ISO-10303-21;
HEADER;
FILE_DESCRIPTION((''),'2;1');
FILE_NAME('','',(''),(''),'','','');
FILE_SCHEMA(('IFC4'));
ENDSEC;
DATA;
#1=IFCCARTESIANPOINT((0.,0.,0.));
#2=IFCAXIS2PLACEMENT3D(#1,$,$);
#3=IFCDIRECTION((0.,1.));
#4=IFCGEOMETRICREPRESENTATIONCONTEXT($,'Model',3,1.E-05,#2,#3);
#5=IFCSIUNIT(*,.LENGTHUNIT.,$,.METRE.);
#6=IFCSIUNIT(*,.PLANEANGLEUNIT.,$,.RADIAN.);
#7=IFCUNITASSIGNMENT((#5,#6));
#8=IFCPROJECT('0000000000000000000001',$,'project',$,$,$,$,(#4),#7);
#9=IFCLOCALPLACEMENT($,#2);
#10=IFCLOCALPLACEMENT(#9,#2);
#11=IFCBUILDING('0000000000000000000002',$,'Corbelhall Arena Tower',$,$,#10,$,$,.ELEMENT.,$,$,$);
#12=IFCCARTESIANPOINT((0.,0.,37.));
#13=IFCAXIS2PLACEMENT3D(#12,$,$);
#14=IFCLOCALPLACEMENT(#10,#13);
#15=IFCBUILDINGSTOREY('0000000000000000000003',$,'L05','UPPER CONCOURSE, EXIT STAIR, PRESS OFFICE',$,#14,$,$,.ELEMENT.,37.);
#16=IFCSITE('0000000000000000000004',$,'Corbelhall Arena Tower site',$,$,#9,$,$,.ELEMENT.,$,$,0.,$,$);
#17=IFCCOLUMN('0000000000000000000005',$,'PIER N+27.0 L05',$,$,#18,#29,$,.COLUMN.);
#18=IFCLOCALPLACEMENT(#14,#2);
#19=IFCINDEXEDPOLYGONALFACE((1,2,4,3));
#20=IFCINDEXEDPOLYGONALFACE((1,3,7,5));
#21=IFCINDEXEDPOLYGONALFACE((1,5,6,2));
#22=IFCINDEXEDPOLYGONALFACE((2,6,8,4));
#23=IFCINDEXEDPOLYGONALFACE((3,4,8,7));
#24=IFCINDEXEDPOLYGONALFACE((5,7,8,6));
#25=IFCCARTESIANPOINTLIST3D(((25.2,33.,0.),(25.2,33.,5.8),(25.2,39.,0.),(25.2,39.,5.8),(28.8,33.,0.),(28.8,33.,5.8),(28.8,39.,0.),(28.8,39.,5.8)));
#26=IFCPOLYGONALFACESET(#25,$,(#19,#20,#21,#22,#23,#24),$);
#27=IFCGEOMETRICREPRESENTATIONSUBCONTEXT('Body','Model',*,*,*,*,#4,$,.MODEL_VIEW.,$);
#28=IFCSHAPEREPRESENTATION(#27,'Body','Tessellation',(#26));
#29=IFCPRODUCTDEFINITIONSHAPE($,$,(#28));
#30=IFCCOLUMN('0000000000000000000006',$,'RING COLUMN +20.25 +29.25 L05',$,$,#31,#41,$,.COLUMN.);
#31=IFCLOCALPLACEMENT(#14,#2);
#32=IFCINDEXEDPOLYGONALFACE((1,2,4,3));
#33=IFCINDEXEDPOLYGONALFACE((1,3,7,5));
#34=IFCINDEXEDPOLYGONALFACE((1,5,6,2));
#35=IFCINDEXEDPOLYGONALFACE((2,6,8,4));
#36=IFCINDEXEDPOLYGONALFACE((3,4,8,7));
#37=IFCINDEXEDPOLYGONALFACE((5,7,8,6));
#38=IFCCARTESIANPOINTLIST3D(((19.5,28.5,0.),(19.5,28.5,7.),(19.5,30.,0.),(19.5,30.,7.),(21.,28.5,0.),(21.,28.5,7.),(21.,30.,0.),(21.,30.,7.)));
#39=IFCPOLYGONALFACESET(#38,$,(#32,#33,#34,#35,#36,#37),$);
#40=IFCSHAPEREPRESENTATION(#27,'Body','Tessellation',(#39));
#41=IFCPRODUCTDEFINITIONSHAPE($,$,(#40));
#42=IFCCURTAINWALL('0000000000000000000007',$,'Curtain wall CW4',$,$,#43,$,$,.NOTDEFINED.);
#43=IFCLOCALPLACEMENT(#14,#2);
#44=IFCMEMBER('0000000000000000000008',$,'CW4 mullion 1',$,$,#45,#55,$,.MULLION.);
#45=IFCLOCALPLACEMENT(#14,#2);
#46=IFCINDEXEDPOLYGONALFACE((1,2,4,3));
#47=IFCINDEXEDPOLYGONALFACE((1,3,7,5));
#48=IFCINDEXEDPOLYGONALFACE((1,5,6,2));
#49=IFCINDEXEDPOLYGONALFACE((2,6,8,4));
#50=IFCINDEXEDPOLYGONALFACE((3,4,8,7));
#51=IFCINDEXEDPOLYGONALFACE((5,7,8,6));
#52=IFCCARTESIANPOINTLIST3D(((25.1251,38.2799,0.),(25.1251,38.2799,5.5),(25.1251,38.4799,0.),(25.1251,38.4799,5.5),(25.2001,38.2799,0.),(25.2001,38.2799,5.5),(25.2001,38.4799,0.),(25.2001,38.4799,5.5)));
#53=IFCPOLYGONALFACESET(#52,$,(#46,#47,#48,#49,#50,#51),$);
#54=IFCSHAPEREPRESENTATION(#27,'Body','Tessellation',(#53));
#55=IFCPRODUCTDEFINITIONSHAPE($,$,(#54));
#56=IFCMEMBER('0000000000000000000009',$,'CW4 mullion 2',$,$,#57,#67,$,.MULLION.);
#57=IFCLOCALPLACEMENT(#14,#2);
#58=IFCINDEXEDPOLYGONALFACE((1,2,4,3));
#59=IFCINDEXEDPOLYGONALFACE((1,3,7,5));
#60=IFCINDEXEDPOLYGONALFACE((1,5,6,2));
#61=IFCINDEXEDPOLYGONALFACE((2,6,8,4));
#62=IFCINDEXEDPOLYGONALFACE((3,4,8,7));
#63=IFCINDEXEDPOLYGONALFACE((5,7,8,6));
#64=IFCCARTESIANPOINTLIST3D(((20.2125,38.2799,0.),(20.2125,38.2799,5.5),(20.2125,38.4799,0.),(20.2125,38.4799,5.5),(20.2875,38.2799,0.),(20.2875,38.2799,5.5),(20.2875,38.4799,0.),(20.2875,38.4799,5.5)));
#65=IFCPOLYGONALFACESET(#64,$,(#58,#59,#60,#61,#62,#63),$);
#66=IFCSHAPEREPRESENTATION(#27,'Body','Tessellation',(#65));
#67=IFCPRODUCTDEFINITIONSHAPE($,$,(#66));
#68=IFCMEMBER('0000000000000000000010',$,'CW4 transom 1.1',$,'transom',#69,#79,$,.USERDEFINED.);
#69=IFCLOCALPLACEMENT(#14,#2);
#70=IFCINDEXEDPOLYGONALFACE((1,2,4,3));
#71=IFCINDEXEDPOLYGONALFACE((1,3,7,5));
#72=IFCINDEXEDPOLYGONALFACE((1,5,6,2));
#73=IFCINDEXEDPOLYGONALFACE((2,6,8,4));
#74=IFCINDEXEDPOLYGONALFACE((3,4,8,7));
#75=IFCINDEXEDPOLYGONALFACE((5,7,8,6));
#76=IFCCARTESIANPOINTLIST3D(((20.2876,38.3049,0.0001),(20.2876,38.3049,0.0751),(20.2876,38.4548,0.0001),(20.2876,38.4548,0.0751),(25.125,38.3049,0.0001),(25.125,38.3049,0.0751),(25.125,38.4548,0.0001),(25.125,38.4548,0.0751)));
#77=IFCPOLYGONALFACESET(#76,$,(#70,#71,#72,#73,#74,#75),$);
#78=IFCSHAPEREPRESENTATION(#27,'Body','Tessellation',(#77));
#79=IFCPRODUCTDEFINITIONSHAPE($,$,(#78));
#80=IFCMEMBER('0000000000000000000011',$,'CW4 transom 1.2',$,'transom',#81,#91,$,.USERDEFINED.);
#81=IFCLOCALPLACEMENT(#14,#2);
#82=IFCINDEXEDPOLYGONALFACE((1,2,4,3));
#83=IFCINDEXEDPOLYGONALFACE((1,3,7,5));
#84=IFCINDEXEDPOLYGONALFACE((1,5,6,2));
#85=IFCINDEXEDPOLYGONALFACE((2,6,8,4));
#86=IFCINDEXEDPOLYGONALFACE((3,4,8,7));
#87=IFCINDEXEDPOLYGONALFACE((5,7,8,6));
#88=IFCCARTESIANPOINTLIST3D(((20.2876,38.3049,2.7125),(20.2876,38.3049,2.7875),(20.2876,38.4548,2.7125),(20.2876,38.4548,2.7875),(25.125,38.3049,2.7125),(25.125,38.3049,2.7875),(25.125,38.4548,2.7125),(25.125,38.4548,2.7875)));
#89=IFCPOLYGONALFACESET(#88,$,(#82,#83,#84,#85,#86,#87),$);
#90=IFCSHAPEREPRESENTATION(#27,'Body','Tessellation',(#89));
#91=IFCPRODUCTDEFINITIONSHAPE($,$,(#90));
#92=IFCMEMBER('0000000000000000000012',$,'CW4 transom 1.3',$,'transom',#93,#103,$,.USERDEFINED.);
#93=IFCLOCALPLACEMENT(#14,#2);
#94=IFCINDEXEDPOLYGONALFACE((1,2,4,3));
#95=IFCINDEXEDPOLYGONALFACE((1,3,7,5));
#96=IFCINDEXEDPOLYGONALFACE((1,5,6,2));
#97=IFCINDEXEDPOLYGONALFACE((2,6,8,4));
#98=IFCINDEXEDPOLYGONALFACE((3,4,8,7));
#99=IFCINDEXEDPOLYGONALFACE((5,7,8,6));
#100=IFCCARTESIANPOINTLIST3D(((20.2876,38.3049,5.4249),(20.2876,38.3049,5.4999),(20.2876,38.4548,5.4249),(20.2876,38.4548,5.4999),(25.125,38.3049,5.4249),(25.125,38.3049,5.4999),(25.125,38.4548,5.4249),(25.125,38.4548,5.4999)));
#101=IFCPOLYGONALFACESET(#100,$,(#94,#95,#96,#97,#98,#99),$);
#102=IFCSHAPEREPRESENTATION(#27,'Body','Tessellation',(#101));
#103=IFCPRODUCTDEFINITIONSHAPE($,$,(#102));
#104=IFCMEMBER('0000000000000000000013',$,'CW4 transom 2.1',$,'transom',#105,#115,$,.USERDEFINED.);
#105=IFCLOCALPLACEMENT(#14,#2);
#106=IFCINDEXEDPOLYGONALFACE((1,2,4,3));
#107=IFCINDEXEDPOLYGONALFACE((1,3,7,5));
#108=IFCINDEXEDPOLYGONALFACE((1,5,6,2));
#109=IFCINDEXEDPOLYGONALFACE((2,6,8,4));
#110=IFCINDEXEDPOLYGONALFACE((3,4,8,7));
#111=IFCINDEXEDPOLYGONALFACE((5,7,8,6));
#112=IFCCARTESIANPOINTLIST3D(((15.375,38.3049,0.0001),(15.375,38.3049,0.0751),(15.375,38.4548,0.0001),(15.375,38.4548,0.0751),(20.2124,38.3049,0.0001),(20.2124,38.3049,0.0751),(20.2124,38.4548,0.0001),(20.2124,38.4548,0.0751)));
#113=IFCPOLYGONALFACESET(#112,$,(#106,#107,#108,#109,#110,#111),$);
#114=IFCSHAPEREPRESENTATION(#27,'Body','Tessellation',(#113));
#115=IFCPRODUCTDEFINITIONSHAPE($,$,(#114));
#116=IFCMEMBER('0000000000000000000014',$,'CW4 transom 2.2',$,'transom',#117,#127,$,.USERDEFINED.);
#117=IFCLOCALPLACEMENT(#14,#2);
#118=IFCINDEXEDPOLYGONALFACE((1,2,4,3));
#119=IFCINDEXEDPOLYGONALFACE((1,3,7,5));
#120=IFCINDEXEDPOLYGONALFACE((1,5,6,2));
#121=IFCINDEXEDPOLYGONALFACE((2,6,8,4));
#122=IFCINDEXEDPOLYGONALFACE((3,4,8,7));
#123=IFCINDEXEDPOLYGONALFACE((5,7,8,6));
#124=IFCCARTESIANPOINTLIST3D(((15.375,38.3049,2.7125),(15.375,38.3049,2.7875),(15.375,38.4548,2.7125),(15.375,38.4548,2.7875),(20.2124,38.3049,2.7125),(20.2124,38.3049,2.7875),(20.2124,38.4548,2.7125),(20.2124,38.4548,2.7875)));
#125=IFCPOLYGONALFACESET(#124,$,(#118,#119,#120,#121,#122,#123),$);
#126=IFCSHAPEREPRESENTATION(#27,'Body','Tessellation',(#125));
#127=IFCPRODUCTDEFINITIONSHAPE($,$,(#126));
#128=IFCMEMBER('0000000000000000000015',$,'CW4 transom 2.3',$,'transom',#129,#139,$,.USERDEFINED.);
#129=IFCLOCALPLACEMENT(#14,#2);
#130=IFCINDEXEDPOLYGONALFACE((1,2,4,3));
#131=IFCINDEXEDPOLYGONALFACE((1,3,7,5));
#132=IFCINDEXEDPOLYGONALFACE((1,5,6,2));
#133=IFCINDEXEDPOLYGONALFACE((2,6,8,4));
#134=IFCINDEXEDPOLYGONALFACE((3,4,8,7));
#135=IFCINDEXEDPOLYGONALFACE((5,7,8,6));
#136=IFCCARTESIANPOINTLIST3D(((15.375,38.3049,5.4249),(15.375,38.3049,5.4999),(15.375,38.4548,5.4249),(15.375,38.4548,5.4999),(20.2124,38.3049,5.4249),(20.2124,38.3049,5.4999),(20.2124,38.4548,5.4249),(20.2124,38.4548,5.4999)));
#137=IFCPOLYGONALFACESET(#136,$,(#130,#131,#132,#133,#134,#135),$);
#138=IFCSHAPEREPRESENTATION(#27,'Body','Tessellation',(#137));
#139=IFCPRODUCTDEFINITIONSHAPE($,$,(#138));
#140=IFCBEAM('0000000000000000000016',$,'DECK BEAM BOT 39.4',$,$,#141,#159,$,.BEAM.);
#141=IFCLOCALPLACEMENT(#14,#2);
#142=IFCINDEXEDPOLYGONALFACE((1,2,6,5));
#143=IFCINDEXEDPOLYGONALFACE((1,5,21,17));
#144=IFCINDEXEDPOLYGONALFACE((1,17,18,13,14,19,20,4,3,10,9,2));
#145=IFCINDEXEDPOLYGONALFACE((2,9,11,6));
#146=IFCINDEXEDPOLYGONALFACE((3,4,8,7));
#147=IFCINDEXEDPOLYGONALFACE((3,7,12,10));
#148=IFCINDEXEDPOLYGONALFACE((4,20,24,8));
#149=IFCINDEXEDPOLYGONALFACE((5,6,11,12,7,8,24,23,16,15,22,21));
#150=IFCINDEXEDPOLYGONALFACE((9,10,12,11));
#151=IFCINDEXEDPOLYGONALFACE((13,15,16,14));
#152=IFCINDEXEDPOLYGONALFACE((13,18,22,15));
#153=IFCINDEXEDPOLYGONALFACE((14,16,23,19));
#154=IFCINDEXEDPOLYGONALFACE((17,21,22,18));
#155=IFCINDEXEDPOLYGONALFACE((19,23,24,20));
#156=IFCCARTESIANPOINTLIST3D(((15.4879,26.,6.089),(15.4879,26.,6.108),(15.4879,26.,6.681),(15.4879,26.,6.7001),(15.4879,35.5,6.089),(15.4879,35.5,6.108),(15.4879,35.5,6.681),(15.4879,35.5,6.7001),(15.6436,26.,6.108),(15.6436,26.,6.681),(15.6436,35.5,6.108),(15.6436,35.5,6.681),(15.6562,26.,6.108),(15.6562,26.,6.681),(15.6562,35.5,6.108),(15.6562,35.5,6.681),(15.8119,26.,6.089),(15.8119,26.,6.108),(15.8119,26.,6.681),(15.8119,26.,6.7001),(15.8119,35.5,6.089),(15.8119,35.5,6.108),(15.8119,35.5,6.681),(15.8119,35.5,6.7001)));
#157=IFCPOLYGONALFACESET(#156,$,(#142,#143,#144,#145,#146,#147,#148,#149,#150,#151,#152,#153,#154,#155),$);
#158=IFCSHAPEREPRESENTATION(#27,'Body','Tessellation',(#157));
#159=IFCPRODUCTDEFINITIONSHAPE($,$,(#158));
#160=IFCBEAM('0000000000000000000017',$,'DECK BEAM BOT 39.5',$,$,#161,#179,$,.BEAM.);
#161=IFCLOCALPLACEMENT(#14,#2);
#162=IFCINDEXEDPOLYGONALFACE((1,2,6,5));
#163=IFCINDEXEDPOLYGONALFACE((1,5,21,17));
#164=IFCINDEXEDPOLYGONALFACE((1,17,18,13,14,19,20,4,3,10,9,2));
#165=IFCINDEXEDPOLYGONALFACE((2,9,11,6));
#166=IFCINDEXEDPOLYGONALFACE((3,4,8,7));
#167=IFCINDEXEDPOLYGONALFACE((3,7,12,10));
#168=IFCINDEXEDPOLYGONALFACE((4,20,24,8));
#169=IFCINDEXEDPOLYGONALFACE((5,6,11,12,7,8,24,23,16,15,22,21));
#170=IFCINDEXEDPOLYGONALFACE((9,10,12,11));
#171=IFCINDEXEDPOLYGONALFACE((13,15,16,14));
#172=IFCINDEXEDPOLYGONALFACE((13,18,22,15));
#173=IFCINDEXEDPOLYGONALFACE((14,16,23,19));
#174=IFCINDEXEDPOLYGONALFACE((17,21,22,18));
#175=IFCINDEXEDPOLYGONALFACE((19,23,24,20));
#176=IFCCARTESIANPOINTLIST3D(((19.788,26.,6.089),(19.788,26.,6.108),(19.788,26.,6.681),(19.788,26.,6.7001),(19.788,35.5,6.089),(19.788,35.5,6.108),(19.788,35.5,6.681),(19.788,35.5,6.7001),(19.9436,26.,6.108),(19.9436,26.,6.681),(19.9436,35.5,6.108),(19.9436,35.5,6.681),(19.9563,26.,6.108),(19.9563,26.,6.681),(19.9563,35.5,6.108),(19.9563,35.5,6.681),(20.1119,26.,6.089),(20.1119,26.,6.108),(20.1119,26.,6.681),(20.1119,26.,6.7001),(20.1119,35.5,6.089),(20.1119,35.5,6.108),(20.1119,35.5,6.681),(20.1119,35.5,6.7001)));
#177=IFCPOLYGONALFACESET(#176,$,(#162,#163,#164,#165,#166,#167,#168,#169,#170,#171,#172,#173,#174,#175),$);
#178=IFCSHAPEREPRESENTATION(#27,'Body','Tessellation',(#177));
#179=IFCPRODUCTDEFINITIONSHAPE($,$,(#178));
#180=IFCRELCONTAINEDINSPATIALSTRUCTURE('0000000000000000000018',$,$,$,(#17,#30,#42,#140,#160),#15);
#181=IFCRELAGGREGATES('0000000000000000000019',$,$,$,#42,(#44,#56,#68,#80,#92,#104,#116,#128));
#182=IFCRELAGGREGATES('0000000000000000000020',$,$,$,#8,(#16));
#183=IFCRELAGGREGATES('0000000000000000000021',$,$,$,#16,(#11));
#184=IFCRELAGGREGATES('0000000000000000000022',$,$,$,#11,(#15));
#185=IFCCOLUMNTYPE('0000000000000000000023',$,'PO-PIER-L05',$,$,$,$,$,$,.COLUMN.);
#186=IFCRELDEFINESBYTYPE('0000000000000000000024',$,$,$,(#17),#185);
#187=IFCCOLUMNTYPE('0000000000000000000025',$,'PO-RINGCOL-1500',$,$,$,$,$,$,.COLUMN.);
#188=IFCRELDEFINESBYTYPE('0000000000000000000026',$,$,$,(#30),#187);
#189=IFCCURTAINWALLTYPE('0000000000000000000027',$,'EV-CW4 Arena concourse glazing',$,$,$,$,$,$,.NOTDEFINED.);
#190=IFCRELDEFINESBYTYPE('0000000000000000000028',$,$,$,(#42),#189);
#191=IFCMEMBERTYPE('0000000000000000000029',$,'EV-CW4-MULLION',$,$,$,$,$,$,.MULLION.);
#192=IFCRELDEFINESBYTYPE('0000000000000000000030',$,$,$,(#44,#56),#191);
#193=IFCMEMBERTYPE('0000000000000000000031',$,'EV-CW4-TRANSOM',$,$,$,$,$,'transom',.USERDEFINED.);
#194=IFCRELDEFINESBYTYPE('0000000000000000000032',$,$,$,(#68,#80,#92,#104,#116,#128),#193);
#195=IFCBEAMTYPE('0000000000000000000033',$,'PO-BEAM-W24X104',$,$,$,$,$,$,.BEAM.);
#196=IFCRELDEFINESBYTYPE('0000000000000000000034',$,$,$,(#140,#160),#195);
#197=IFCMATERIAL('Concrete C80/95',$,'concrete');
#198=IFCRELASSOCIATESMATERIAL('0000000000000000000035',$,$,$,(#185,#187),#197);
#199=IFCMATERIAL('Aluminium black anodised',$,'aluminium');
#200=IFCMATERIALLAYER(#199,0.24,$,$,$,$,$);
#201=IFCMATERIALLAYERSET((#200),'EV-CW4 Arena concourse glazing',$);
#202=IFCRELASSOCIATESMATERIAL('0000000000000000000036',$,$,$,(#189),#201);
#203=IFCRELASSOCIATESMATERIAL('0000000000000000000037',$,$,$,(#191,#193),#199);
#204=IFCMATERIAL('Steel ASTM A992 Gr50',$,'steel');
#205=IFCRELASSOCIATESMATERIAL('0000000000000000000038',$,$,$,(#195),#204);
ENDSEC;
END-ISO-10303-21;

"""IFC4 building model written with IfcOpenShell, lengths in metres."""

from ifc_helpers import new_model, si_unit, direction, frame, origin, origin_2d, place, context, subcontext, project, spatial, rectangle, i_section, extrude, material, layer, layer_set, material_profile, profile_set, type_object, element, aggregate, save


model = new_model("IFC4")

# Units and contexts
model_context = context("Model", 3, precision=1e-05, world=origin(), true_north=direction((0.0, 1.0)))
body_context = subcontext(model_context, "Body", "Model", "MODEL_VIEW")
ifc_project = project(units=[si_unit("LENGTHUNIT", "METRE"), si_unit("PLANEANGLEUNIT", "RADIAN")], contexts=[model_context])

# Site, building, storey
site_placement = place(None, origin())
site = spatial("IfcSite", under=ifc_project, at=site_placement, Name="Corbelhall Arena Tower site", CompositionType="ELEMENT", RefElevation=0.0)
building_placement = place(site_placement, origin())
building = spatial("IfcBuilding", under=site, at=building_placement, Name="Corbelhall Arena Tower", CompositionType="ELEMENT")
storey_placement = place(building_placement, frame((0.0, 0.0, 37.0)))
storey = spatial("IfcBuildingStorey", under=building, at=storey_placement, Name="L05", Description="UPPER CONCOURSE, EXIT STAIR, PRESS OFFICE", CompositionType="ELEMENT", Elevation=37.0)

# Columns
ifc_material_1 = material(Name="Concrete C80/95", Category="concrete")
ifc_material_profile_1 = material_profile(ifc_material_1, rectangle(XDim=3.6001, YDim=6.0, at=origin_2d()))
ifc_profile_set_1 = profile_set([ifc_material_profile_1], Name="Concrete C80/95")
column_type_1 = type_object("IfcColumnType", Name="PO-PIER-L05", PredefinedType="COLUMN", material=ifc_profile_set_1)
column_1_placement = place(storey_placement, frame((27.0, 36.0, 0.0), z_axis=(0.0, 0.0, 1.0), x_axis=(1.0, 0.0, 0.0)))
element("IfcColumn", 1, at=column_1_placement, inside=storey, type_object=column_type_1, Name="PIER N+27.0 L05", PredefinedType="COLUMN", context=body_context, shape_type="SweptSolid", body=[
    extrude(rectangle(XDim=3.6001, YDim=6.0, at=origin_2d()), origin(), (0.0, 0.0, 1.0), 5.8),
])
ifc_material_profile_2 = material_profile(ifc_material_1, rectangle(XDim=1.5, YDim=1.5, at=origin_2d()))
ifc_profile_set_2 = profile_set([ifc_material_profile_2], Name="Concrete C80/95")
column_type_2 = type_object("IfcColumnType", Name="PO-RINGCOL-1500", PredefinedType="COLUMN", material=ifc_profile_set_2)
column_2_placement = place(storey_placement, frame((20.25, 29.25, 0.0), z_axis=(0.0, 0.0, 1.0), x_axis=(1.0, 0.0, 0.0)))
element("IfcColumn", 2, at=column_2_placement, inside=storey, type_object=column_type_2, Name="RING COLUMN +20.25 +29.25 L05", PredefinedType="COLUMN", context=body_context, shape_type="SweptSolid", body=[
    extrude(rectangle(XDim=1.5, YDim=1.5, at=origin_2d()), origin(), (0.0, 0.0, 1.0), 7.0),
])

# Curtain wall, members
ifc_material_2 = material(Name="Aluminium black anodised", Category="aluminium")
ifc_layer_1 = layer(ifc_material_2, 0.24)
ifc_layer_set_1 = layer_set([ifc_layer_1], Name="EV-CW4 Arena concourse glazing")
curtain_wall_type = type_object("IfcCurtainWallType", Name="EV-CW4 Arena concourse glazing", PredefinedType="NOTDEFINED", material=ifc_layer_set_1)
curtain_wall_placement = place(storey_placement, origin())
curtain_wall = element("IfcCurtainWall", 3, at=curtain_wall_placement, inside=storey, type_object=curtain_wall_type, Name="Curtain wall CW4", PredefinedType="NOTDEFINED")
ifc_material_profile_3 = material_profile(ifc_material_2, rectangle(XDim=0.2, YDim=0.075, at=origin_2d()))
ifc_profile_set_3 = profile_set([ifc_material_profile_3], Name="Aluminium black anodised")
member_type_1 = type_object("IfcMemberType", Name="EV-CW4-MULLION", PredefinedType="MULLION", material=ifc_profile_set_3)
member_1_placement = place(storey_placement, frame((25.1626, 38.3799, 0.0), z_axis=(0.0, 0.0, 1.0), x_axis=(0.0, -1.0, 0.0)))
member_1 = element("IfcMember", 4, at=member_1_placement, type_object=member_type_1, Name="CW4 mullion 1", PredefinedType="MULLION", context=body_context, shape_type="SweptSolid", body=[
    extrude(rectangle(XDim=0.2, YDim=0.075, at=origin_2d()), origin(), (0.0, 0.0, 1.0), 5.5),
])
member_2_placement = place(storey_placement, frame((20.25, 38.3799, 0.0), z_axis=(0.0, 0.0, 1.0), x_axis=(0.0, -1.0, 0.0)))
member_2 = element("IfcMember", 5, at=member_2_placement, type_object=member_type_1, Name="CW4 mullion 2", PredefinedType="MULLION", context=body_context, shape_type="SweptSolid", body=[
    extrude(rectangle(XDim=0.2, YDim=0.075, at=origin_2d()), origin(), (0.0, 0.0, 1.0), 5.5),
])
ifc_material_profile_4 = material_profile(ifc_material_2, rectangle(XDim=0.1499, YDim=0.075, at=origin_2d()))
ifc_profile_set_4 = profile_set([ifc_material_profile_4], Name="Aluminium black anodised")
member_type_2 = type_object("IfcMemberType", Name="EV-CW4-TRANSOM", ElementType="transom", PredefinedType="USERDEFINED", material=ifc_profile_set_4)
member_3_placement = place(storey_placement, frame((25.125, 38.3799, 0.0376), z_axis=(-1.0, 0.0, 0.0), x_axis=(0.0, -1.0, 0.0)))
member_3 = element("IfcMember", 6, at=member_3_placement, type_object=member_type_2, Name="CW4 transom 1.1", ObjectType="transom", PredefinedType="USERDEFINED", context=body_context, shape_type="SweptSolid", body=[
    extrude(rectangle(XDim=0.1499, YDim=0.075, at=origin_2d()), origin(), (0.0, 0.0, 1.0), 4.8374),
])
member_4_placement = place(storey_placement, frame((25.125, 38.3799, 2.75), z_axis=(-1.0, 0.0, 0.0), x_axis=(0.0, -1.0, 0.0)))
member_4 = element("IfcMember", 7, at=member_4_placement, type_object=member_type_2, Name="CW4 transom 1.2", ObjectType="transom", PredefinedType="USERDEFINED", context=body_context, shape_type="SweptSolid", body=[
    extrude(rectangle(XDim=0.1499, YDim=0.075, at=origin_2d()), origin(), (0.0, 0.0, 1.0), 4.8374),
])
member_5_placement = place(storey_placement, frame((25.125, 38.3799, 5.4624), z_axis=(-1.0, 0.0, 0.0), x_axis=(0.0, -1.0, 0.0)))
member_5 = element("IfcMember", 8, at=member_5_placement, type_object=member_type_2, Name="CW4 transom 1.3", ObjectType="transom", PredefinedType="USERDEFINED", context=body_context, shape_type="SweptSolid", body=[
    extrude(rectangle(XDim=0.1499, YDim=0.075, at=origin_2d()), origin(), (0.0, 0.0, 1.0), 4.8374),
])
member_6_placement = place(storey_placement, frame((20.2124, 38.3799, 0.0376), z_axis=(-1.0, 0.0, 0.0), x_axis=(0.0, -1.0, 0.0)))
member_6 = element("IfcMember", 9, at=member_6_placement, type_object=member_type_2, Name="CW4 transom 2.1", ObjectType="transom", PredefinedType="USERDEFINED", context=body_context, shape_type="SweptSolid", body=[
    extrude(rectangle(XDim=0.1499, YDim=0.075, at=origin_2d()), origin(), (0.0, 0.0, 1.0), 4.8374),
])
member_7_placement = place(storey_placement, frame((20.2124, 38.3799, 2.75), z_axis=(-1.0, 0.0, 0.0), x_axis=(0.0, -1.0, 0.0)))
member_7 = element("IfcMember", 10, at=member_7_placement, type_object=member_type_2, Name="CW4 transom 2.2", ObjectType="transom", PredefinedType="USERDEFINED", context=body_context, shape_type="SweptSolid", body=[
    extrude(rectangle(XDim=0.1499, YDim=0.075, at=origin_2d()), origin(), (0.0, 0.0, 1.0), 4.8374),
])
member_8_placement = place(storey_placement, frame((20.2124, 38.3799, 5.4624), z_axis=(-1.0, 0.0, 0.0), x_axis=(0.0, -1.0, 0.0)))
member_8 = element("IfcMember", 11, at=member_8_placement, type_object=member_type_2, Name="CW4 transom 2.3", ObjectType="transom", PredefinedType="USERDEFINED", context=body_context, shape_type="SweptSolid", body=[
    extrude(rectangle(XDim=0.1499, YDim=0.075, at=origin_2d()), origin(), (0.0, 0.0, 1.0), 4.8374),
])

# Beams
ifc_material_3 = material(Name="Steel ASTM A992 Gr50", Category="steel")
ifc_material_profile_5 = material_profile(ifc_material_3, i_section(OverallWidth=0.324, OverallDepth=0.6111, WebThickness=0.0127, FlangeThickness=0.019, at=origin_2d()))
ifc_profile_set_5 = profile_set([ifc_material_profile_5], Name="Steel ASTM A992 Gr50")
beam_type = type_object("IfcBeamType", Name="PO-BEAM-W24X104", PredefinedType="BEAM", material=ifc_profile_set_5)
for number, where, z_axis, x_axis, name in (
    (12, (15.6499, 26.0, 6.3945), (0.0, 1.0, 0.0), (-1.0, 0.0, 0.0), "DECK BEAM BOT 39.4"),
    (13, (19.95, 26.0, 6.3945), (0.0, 1.0, 0.0), (-1.0, 0.0, 0.0), "DECK BEAM BOT 39.5"),
):
    element("IfcBeam", number, at=place(storey_placement, frame(where, z_axis=z_axis, x_axis=x_axis)), inside=storey, type_object=beam_type, Name=name, PredefinedType="BEAM", context=body_context, shape_type="SweptSolid", body=[
        extrude(i_section(OverallWidth=0.324, OverallDepth=0.6111, WebThickness=0.0127, FlangeThickness=0.019, at=origin_2d()), origin(), (0.0, 0.0, 1.0), 9.5),
    ])

aggregate(curtain_wall, [member_1, member_2, member_3, member_4, member_5, member_6, member_7, member_8])

save(model, "model.ifc")
